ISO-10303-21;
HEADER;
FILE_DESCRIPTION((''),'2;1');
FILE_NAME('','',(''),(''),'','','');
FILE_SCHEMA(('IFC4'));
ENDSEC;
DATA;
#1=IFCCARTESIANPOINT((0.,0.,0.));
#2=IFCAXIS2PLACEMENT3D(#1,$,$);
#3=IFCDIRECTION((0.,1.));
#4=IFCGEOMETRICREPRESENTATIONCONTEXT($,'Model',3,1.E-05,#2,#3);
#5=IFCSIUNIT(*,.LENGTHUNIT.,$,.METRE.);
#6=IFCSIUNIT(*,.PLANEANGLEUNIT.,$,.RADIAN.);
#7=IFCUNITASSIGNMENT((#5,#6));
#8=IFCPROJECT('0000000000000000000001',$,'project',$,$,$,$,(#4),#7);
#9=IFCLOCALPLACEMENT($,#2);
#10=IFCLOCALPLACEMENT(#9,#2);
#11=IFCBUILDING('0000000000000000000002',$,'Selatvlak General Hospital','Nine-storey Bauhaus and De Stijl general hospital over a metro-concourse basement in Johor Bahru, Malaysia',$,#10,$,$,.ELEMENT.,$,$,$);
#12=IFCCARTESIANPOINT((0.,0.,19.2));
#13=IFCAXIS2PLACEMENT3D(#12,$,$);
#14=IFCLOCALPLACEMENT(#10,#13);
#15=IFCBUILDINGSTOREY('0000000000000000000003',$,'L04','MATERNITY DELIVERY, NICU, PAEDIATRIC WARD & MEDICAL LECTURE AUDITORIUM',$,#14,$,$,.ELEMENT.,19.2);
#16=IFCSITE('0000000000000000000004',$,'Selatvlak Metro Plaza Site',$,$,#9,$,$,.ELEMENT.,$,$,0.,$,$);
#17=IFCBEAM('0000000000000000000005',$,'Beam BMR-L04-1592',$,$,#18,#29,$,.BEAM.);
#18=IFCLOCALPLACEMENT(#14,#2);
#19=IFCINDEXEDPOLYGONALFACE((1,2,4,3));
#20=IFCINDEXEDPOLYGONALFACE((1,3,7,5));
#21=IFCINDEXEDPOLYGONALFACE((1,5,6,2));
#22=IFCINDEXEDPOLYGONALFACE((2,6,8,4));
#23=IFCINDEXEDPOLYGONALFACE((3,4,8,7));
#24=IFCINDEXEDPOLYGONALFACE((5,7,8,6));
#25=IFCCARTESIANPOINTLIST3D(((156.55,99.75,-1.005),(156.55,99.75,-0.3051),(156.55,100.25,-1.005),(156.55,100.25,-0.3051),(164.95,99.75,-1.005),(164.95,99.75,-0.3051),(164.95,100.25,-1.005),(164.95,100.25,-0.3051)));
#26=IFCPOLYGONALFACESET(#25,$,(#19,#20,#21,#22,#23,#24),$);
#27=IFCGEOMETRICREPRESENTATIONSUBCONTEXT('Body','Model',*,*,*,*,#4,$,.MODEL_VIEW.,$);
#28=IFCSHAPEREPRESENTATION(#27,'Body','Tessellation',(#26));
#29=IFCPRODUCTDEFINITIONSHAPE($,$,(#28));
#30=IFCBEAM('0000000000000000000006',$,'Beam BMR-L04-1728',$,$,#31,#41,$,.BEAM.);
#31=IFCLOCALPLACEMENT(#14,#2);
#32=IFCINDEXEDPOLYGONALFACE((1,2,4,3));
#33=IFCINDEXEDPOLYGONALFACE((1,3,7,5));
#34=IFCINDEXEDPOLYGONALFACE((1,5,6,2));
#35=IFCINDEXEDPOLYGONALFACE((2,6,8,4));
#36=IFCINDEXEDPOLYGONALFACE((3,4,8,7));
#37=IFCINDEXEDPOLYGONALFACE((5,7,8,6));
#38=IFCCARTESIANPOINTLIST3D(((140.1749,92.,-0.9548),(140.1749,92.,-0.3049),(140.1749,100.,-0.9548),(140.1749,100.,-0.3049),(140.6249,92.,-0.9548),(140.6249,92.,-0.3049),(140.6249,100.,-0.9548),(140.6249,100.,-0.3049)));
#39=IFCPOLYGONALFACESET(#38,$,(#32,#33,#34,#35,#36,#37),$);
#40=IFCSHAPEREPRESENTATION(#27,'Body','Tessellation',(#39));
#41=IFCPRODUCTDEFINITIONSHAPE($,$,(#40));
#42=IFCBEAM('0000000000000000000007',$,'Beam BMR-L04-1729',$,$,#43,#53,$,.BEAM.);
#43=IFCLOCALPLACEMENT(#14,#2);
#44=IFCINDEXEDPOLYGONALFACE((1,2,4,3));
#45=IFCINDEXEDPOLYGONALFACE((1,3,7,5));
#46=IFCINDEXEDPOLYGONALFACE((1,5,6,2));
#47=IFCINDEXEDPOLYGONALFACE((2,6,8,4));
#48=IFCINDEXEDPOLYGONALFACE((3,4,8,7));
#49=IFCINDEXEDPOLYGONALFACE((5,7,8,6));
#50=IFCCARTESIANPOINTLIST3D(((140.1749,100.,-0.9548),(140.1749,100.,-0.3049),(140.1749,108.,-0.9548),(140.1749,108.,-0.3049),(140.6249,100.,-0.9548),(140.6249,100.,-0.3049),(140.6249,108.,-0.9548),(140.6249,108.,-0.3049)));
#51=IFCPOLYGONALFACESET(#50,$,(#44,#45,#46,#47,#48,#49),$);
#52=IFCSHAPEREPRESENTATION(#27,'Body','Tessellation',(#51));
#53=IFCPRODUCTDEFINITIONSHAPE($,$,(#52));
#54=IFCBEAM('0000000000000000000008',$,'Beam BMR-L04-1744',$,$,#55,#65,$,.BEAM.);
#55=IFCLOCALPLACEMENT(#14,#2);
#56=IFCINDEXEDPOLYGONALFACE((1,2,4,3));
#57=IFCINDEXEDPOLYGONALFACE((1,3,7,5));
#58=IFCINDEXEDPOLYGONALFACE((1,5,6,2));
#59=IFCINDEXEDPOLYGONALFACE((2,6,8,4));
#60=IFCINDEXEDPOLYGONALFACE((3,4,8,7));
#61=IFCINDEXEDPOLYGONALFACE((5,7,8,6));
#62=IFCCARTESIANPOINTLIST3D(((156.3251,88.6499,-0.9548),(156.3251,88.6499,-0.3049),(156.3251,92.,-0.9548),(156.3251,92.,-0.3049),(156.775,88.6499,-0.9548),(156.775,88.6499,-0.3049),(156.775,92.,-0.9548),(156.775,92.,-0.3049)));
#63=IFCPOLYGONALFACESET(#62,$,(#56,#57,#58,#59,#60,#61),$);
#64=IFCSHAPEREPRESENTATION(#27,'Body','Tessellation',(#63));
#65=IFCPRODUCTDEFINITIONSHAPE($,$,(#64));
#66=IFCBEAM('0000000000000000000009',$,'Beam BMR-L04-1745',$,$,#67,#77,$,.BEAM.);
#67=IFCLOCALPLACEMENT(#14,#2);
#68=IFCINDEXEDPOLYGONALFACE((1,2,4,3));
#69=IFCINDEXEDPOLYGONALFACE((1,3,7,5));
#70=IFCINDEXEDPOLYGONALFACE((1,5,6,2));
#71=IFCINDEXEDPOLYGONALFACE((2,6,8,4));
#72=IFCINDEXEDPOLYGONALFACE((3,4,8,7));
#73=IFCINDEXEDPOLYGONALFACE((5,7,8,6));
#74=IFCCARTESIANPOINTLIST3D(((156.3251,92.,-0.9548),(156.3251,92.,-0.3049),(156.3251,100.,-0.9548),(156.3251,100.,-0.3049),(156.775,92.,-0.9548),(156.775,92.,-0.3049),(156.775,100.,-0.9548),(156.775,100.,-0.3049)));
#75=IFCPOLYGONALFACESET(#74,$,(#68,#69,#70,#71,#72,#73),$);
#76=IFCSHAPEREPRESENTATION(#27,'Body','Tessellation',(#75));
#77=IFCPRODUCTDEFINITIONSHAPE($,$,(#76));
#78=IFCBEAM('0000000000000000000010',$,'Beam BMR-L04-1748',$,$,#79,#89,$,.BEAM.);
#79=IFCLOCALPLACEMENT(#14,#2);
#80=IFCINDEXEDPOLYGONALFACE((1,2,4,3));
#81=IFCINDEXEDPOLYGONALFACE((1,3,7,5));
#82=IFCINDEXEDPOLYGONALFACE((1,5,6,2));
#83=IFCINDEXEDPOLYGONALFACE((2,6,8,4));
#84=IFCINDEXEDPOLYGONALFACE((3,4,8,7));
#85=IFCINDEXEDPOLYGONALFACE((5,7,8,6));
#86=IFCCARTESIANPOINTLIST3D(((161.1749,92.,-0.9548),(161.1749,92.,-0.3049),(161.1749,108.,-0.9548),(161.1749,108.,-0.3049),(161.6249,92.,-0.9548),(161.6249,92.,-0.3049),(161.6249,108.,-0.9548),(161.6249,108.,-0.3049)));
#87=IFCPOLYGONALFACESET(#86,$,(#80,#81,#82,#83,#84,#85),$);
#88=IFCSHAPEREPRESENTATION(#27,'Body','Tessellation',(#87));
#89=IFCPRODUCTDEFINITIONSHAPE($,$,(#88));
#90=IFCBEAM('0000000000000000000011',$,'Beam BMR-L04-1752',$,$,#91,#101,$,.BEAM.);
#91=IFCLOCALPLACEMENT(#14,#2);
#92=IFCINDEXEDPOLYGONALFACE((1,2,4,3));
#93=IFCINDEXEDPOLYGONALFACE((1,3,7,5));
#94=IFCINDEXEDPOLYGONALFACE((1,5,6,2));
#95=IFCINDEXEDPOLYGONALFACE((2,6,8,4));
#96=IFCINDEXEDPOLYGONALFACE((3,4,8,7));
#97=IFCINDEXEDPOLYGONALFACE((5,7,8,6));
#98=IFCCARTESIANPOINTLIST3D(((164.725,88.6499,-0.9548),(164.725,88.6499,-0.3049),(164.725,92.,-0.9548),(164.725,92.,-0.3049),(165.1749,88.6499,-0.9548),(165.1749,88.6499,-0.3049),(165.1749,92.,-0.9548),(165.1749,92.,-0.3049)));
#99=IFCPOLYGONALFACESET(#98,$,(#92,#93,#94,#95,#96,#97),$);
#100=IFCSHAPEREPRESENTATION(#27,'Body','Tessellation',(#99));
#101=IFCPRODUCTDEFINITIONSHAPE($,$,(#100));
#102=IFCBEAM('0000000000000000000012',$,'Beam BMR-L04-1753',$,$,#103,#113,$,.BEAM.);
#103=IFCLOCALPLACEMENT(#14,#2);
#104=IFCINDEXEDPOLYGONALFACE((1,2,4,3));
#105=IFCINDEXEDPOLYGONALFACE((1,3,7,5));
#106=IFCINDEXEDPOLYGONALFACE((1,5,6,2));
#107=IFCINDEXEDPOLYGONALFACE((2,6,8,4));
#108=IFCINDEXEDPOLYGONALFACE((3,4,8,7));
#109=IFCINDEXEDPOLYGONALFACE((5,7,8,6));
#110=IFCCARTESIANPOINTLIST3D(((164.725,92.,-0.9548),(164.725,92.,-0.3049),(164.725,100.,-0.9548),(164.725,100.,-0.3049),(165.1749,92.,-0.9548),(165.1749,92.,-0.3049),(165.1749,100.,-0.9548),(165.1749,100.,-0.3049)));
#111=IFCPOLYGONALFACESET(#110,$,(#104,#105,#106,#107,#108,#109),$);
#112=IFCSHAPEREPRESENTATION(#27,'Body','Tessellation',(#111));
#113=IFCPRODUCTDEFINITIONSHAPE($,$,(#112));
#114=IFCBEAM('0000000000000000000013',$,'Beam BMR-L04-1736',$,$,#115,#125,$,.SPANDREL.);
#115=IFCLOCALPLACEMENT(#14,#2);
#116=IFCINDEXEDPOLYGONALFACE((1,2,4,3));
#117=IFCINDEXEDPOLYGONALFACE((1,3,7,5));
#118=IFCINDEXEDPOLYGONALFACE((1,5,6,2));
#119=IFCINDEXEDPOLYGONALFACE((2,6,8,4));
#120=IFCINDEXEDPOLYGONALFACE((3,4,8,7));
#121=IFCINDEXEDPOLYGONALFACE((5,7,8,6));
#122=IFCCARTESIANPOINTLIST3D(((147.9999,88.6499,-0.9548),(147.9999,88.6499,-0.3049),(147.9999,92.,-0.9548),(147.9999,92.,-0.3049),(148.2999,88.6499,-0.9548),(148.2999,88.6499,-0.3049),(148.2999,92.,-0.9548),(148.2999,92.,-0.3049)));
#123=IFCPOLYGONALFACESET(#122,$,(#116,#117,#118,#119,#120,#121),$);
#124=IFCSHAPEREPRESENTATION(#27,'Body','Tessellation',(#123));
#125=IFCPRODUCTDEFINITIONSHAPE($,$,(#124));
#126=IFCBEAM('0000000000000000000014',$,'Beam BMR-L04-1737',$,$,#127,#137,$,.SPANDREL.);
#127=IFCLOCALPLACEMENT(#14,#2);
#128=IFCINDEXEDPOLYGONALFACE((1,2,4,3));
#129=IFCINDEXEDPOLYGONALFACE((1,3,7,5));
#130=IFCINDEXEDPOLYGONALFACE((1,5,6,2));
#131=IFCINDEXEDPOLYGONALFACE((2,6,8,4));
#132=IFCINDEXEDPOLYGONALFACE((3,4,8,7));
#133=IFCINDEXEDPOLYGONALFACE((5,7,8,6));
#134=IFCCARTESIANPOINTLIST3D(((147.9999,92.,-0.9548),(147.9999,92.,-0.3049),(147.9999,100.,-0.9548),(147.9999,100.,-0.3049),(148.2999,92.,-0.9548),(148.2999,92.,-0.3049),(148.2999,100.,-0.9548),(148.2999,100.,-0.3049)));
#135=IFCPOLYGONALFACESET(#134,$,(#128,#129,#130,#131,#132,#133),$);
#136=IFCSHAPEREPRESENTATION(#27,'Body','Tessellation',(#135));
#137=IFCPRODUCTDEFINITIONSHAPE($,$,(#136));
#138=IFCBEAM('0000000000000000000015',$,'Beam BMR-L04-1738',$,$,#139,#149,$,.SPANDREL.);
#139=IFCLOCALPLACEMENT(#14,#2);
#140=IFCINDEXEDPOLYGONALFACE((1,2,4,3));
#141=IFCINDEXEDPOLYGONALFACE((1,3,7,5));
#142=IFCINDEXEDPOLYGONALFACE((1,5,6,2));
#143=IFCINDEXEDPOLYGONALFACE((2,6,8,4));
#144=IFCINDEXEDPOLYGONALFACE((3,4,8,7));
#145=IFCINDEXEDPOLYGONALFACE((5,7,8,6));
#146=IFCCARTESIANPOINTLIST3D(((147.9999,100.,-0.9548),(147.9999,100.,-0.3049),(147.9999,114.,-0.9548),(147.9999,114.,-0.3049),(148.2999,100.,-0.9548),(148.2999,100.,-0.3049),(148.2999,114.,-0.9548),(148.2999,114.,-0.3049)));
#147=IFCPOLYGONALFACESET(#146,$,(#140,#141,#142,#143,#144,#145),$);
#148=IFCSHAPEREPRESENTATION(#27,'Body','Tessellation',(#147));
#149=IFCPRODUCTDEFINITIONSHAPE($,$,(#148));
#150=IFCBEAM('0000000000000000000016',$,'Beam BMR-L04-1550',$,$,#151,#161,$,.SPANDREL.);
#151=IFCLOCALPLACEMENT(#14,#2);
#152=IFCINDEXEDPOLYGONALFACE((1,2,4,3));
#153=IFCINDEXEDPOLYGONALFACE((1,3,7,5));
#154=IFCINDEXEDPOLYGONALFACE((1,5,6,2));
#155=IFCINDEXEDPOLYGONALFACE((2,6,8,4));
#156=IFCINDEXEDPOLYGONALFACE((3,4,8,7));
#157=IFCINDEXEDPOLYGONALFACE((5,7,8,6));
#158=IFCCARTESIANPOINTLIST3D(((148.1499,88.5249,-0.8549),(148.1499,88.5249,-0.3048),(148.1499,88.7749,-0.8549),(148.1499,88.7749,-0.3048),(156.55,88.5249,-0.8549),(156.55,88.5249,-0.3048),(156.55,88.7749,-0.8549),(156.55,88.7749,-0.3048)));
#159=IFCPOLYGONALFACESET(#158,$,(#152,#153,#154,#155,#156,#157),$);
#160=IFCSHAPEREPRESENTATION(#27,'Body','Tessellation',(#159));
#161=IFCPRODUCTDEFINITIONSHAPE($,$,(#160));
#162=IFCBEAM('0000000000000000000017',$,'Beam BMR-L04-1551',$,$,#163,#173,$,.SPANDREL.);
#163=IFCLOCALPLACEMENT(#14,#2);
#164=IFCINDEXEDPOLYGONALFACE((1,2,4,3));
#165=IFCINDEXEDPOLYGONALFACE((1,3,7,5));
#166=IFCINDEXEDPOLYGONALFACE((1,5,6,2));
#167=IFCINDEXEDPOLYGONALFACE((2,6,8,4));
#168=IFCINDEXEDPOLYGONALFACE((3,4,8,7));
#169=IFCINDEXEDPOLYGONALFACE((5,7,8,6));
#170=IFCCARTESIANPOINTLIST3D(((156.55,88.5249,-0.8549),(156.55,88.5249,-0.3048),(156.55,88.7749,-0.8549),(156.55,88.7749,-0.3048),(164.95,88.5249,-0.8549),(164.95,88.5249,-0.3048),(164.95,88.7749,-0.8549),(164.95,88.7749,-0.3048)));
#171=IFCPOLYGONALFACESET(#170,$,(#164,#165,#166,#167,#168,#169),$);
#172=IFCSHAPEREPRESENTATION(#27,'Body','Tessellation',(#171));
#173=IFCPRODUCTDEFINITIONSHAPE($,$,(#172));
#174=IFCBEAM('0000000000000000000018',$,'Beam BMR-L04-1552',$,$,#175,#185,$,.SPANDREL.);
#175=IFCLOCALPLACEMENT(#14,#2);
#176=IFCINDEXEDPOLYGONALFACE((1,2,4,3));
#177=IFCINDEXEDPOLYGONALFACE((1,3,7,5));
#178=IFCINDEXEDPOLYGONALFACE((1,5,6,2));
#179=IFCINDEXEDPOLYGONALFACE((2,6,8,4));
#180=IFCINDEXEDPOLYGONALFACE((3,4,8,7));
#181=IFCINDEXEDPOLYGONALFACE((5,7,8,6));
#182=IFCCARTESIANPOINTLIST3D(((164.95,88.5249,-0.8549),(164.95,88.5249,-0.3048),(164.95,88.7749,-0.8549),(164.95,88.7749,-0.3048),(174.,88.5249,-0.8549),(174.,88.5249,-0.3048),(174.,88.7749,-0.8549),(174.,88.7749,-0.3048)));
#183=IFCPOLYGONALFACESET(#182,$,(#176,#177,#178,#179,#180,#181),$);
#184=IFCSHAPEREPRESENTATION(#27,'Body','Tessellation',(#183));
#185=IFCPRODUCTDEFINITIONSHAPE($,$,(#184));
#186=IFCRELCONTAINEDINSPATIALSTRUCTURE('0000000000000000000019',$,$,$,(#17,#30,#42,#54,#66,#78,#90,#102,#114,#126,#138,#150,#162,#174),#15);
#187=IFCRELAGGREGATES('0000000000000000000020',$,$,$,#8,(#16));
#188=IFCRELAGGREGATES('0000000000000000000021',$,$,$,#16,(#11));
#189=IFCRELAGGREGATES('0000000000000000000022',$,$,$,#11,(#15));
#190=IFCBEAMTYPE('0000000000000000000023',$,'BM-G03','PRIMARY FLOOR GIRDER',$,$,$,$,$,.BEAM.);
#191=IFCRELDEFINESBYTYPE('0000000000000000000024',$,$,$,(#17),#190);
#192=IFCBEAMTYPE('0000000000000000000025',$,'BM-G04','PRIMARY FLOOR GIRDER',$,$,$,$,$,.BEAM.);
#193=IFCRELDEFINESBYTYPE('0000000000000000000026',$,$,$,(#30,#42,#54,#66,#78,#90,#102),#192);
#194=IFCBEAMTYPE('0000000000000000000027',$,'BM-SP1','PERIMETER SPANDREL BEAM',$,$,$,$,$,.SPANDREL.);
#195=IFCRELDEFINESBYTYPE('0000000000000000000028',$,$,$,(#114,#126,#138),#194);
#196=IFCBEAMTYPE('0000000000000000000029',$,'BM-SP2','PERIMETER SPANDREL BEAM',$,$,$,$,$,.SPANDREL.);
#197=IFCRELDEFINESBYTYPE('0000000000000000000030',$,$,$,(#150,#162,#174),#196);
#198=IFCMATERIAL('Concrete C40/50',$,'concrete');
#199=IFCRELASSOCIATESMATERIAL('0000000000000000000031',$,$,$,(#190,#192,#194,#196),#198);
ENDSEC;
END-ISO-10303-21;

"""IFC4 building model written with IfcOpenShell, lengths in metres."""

from ifc_helpers import new_model, si_unit, direction, frame, origin, origin_2d, place, context, subcontext, project, spatial, rectangle, extrude, material, material_profile, profile_set, type_object, element, save


model = new_model("IFC4")

# Units and contexts
model_context = context("Model", 3, precision=1e-05, world=origin(), true_north=direction((0.0, 1.0)))
body_context = subcontext(model_context, "Body", "Model", "MODEL_VIEW")
ifc_project = project(units=[si_unit("LENGTHUNIT", "METRE"), si_unit("PLANEANGLEUNIT", "RADIAN")], contexts=[model_context])

# Site, building, storey
site_placement = place(None, origin())
site = spatial("IfcSite", under=ifc_project, at=site_placement, Name="Selatvlak Metro Plaza Site", CompositionType="ELEMENT", RefElevation=0.0)
building_placement = place(site_placement, origin())
building = spatial("IfcBuilding", under=site, at=building_placement, Name="Selatvlak General Hospital", Description="Nine-storey Bauhaus and De Stijl general hospital over a metro-concourse basement in Johor Bahru, Malaysia", CompositionType="ELEMENT")
storey_placement = place(building_placement, frame((0.0, 0.0, 19.2)))
storey = spatial("IfcBuildingStorey", under=building, at=storey_placement, Name="L04", Description="MATERNITY DELIVERY, NICU, PAEDIATRIC WARD & MEDICAL LECTURE AUDITORIUM", CompositionType="ELEMENT", Elevation=19.2)

# Beams
ifc_material_1 = material(Name="Concrete C40/50", Category="concrete")
ifc_material_profile_1 = material_profile(ifc_material_1, rectangle(XDim=0.5, YDim=0.7, at=origin_2d()), Name="RC-BM 500x700")
ifc_profile_set_1 = profile_set([ifc_material_profile_1], Name="Concrete C40/50")
beam_type_1 = type_object("IfcBeamType", Name="BM-G03", Description="PRIMARY FLOOR GIRDER", PredefinedType="BEAM", material=ifc_profile_set_1)
beam_1_placement = place(storey_placement, frame((156.55, 100.0, -0.655), z_axis=(1.0, 0.0, 0.0), x_axis=(0.0, 1.0, 0.0)))
element("IfcBeam", 1, at=beam_1_placement, inside=storey, type_object=beam_type_1, Name="Beam BMR-L04-1592", PredefinedType="BEAM", context=body_context, shape_type="SweptSolid", body=[
    extrude(rectangle(XDim=0.5, YDim=0.7, at=origin_2d()), origin(), (0.0, 0.0, 1.0), 8.3999),
])
ifc_material_profile_2 = material_profile(ifc_material_1, rectangle(XDim=0.45, YDim=0.6499, at=origin_2d()), Name="RC-BM 450x650")
ifc_profile_set_2 = profile_set([ifc_material_profile_2], Name="Concrete C40/50")
beam_type_2 = type_object("IfcBeamType", Name="BM-G04", Description="PRIMARY FLOOR GIRDER", PredefinedType="BEAM", material=ifc_profile_set_2)
for number, where, z_axis, x_axis, name in (
    (2, (140.3999, 92.0, -0.6299), (0.0, 1.0, 0.0), (-1.0, 0.0, 0.0), "Beam BMR-L04-1728"),
    (3, (140.3999, 100.0, -0.6299), (0.0, 1.0, 0.0), (-1.0, 0.0, 0.0), "Beam BMR-L04-1729"),
):
    element("IfcBeam", number, at=place(storey_placement, frame(where, z_axis=z_axis, x_axis=x_axis)), inside=storey, type_object=beam_type_2, Name=name, PredefinedType="BEAM", context=body_context, shape_type="SweptSolid", body=[
        extrude(rectangle(XDim=0.45, YDim=0.6499, at=origin_2d()), origin(), (0.0, 0.0, 1.0), 8.0),
    ])
beam_2_placement = place(storey_placement, frame((156.55, 88.6499, -0.6299), z_axis=(0.0, 1.0, 0.0), x_axis=(-1.0, 0.0, 0.0)))
element("IfcBeam", 4, at=beam_2_placement, inside=storey, type_object=beam_type_2, Name="Beam BMR-L04-1744", PredefinedType="BEAM", context=body_context, shape_type="SweptSolid", body=[
    extrude(rectangle(XDim=0.45, YDim=0.6499, at=origin_2d()), origin(), (0.0, 0.0, 1.0), 3.3501),
])
beam_3_placement = place(storey_placement, frame((156.55, 92.0, -0.6299), z_axis=(0.0, 1.0, 0.0), x_axis=(-1.0, 0.0, 0.0)))
element("IfcBeam", 5, at=beam_3_placement, inside=storey, type_object=beam_type_2, Name="Beam BMR-L04-1745", PredefinedType="BEAM", context=body_context, shape_type="SweptSolid", body=[
    extrude(rectangle(XDim=0.45, YDim=0.6499, at=origin_2d()), origin(), (0.0, 0.0, 1.0), 8.0),
])
beam_4_placement = place(storey_placement, frame((161.3999, 92.0, -0.6299), z_axis=(0.0, 1.0, 0.0), x_axis=(-1.0, 0.0, 0.0)))
element("IfcBeam", 6, at=beam_4_placement, inside=storey, type_object=beam_type_2, Name="Beam BMR-L04-1748", PredefinedType="BEAM", context=body_context, shape_type="SweptSolid", body=[
    extrude(rectangle(XDim=0.45, YDim=0.6499, at=origin_2d()), origin(), (0.0, 0.0, 1.0), 16.0),
])
beam_5_placement = place(storey_placement, frame((164.95, 88.6499, -0.6299), z_axis=(0.0, 1.0, 0.0), x_axis=(-1.0, 0.0, 0.0)))
element("IfcBeam", 7, at=beam_5_placement, inside=storey, type_object=beam_type_2, Name="Beam BMR-L04-1752", PredefinedType="BEAM", context=body_context, shape_type="SweptSolid", body=[
    extrude(rectangle(XDim=0.45, YDim=0.6499, at=origin_2d()), origin(), (0.0, 0.0, 1.0), 3.3501),
])
beam_6_placement = place(storey_placement, frame((164.95, 92.0, -0.6299), z_axis=(0.0, 1.0, 0.0), x_axis=(-1.0, 0.0, 0.0)))
element("IfcBeam", 8, at=beam_6_placement, inside=storey, type_object=beam_type_2, Name="Beam BMR-L04-1753", PredefinedType="BEAM", context=body_context, shape_type="SweptSolid", body=[
    extrude(rectangle(XDim=0.45, YDim=0.6499, at=origin_2d()), origin(), (0.0, 0.0, 1.0), 8.0),
])
ifc_material_profile_3 = material_profile(ifc_material_1, rectangle(XDim=0.3, YDim=0.6499, at=origin_2d()), Name="RC-SP 300x650")
ifc_profile_set_3 = profile_set([ifc_material_profile_3], Name="Concrete C40/50")
beam_type_3 = type_object("IfcBeamType", Name="BM-SP1", Description="PERIMETER SPANDREL BEAM", PredefinedType="SPANDREL", material=ifc_profile_set_3)
beam_7_placement = place(storey_placement, frame((148.1499, 88.6499, -0.6299), z_axis=(0.0, 1.0, 0.0), x_axis=(-1.0, 0.0, 0.0)))
element("IfcBeam", 9, at=beam_7_placement, inside=storey, type_object=beam_type_3, Name="Beam BMR-L04-1736", PredefinedType="SPANDREL", context=body_context, shape_type="SweptSolid", body=[
    extrude(rectangle(XDim=0.3, YDim=0.6499, at=origin_2d()), origin(), (0.0, 0.0, 1.0), 3.3501),
])
beam_8_placement = place(storey_placement, frame((148.1499, 92.0, -0.6299), z_axis=(0.0, 1.0, 0.0), x_axis=(-1.0, 0.0, 0.0)))
element("IfcBeam", 10, at=beam_8_placement, inside=storey, type_object=beam_type_3, Name="Beam BMR-L04-1737", PredefinedType="SPANDREL", context=body_context, shape_type="SweptSolid", body=[
    extrude(rectangle(XDim=0.3, YDim=0.6499, at=origin_2d()), origin(), (0.0, 0.0, 1.0), 8.0),
])
beam_9_placement = place(storey_placement, frame((148.1499, 100.0, -0.6299), z_axis=(0.0, 1.0, 0.0), x_axis=(-1.0, 0.0, 0.0)))
element("IfcBeam", 11, at=beam_9_placement, inside=storey, type_object=beam_type_3, Name="Beam BMR-L04-1738", PredefinedType="SPANDREL", context=body_context, shape_type="SweptSolid", body=[
    extrude(rectangle(XDim=0.3, YDim=0.6499, at=origin_2d()), origin(), (0.0, 0.0, 1.0), 14.0),
])
ifc_material_profile_4 = material_profile(ifc_material_1, rectangle(XDim=0.25, YDim=0.55, at=origin_2d()), Name="RC-SP 250x550")
ifc_profile_set_4 = profile_set([ifc_material_profile_4], Name="Concrete C40/50")
beam_type_4 = type_object("IfcBeamType", Name="BM-SP2", Description="PERIMETER SPANDREL BEAM", PredefinedType="SPANDREL", material=ifc_profile_set_4)
beam_10_placement = place(storey_placement, frame((148.1499, 88.6499, -0.5798), z_axis=(1.0, 0.0, 0.0), x_axis=(0.0, 1.0, 0.0)))
element("IfcBeam", 12, at=beam_10_placement, inside=storey, type_object=beam_type_4, Name="Beam BMR-L04-1550", PredefinedType="SPANDREL", context=body_context, shape_type="SweptSolid", body=[
    extrude(rectangle(XDim=0.25, YDim=0.55, at=origin_2d()), origin(), (0.0, 0.0, 1.0), 8.4001),
])
beam_11_placement = place(storey_placement, frame((156.55, 88.6499, -0.5798), z_axis=(1.0, 0.0, 0.0), x_axis=(0.0, 1.0, 0.0)))
element("IfcBeam", 13, at=beam_11_placement, inside=storey, type_object=beam_type_4, Name="Beam BMR-L04-1551", PredefinedType="SPANDREL", context=body_context, shape_type="SweptSolid", body=[
    extrude(rectangle(XDim=0.25, YDim=0.55, at=origin_2d()), origin(), (0.0, 0.0, 1.0), 8.3999),
])
beam_12_placement = place(storey_placement, frame((164.95, 88.6499, -0.5798), z_axis=(1.0, 0.0, 0.0), x_axis=(0.0, 1.0, 0.0)))
element("IfcBeam", 14, at=beam_12_placement, inside=storey, type_object=beam_type_4, Name="Beam BMR-L04-1552", PredefinedType="SPANDREL", context=body_context, shape_type="SweptSolid", body=[
    extrude(rectangle(XDim=0.25, YDim=0.55, at=origin_2d()), origin(), (0.0, 0.0, 1.0), 9.05),
])

save(model, "model.ifc")
